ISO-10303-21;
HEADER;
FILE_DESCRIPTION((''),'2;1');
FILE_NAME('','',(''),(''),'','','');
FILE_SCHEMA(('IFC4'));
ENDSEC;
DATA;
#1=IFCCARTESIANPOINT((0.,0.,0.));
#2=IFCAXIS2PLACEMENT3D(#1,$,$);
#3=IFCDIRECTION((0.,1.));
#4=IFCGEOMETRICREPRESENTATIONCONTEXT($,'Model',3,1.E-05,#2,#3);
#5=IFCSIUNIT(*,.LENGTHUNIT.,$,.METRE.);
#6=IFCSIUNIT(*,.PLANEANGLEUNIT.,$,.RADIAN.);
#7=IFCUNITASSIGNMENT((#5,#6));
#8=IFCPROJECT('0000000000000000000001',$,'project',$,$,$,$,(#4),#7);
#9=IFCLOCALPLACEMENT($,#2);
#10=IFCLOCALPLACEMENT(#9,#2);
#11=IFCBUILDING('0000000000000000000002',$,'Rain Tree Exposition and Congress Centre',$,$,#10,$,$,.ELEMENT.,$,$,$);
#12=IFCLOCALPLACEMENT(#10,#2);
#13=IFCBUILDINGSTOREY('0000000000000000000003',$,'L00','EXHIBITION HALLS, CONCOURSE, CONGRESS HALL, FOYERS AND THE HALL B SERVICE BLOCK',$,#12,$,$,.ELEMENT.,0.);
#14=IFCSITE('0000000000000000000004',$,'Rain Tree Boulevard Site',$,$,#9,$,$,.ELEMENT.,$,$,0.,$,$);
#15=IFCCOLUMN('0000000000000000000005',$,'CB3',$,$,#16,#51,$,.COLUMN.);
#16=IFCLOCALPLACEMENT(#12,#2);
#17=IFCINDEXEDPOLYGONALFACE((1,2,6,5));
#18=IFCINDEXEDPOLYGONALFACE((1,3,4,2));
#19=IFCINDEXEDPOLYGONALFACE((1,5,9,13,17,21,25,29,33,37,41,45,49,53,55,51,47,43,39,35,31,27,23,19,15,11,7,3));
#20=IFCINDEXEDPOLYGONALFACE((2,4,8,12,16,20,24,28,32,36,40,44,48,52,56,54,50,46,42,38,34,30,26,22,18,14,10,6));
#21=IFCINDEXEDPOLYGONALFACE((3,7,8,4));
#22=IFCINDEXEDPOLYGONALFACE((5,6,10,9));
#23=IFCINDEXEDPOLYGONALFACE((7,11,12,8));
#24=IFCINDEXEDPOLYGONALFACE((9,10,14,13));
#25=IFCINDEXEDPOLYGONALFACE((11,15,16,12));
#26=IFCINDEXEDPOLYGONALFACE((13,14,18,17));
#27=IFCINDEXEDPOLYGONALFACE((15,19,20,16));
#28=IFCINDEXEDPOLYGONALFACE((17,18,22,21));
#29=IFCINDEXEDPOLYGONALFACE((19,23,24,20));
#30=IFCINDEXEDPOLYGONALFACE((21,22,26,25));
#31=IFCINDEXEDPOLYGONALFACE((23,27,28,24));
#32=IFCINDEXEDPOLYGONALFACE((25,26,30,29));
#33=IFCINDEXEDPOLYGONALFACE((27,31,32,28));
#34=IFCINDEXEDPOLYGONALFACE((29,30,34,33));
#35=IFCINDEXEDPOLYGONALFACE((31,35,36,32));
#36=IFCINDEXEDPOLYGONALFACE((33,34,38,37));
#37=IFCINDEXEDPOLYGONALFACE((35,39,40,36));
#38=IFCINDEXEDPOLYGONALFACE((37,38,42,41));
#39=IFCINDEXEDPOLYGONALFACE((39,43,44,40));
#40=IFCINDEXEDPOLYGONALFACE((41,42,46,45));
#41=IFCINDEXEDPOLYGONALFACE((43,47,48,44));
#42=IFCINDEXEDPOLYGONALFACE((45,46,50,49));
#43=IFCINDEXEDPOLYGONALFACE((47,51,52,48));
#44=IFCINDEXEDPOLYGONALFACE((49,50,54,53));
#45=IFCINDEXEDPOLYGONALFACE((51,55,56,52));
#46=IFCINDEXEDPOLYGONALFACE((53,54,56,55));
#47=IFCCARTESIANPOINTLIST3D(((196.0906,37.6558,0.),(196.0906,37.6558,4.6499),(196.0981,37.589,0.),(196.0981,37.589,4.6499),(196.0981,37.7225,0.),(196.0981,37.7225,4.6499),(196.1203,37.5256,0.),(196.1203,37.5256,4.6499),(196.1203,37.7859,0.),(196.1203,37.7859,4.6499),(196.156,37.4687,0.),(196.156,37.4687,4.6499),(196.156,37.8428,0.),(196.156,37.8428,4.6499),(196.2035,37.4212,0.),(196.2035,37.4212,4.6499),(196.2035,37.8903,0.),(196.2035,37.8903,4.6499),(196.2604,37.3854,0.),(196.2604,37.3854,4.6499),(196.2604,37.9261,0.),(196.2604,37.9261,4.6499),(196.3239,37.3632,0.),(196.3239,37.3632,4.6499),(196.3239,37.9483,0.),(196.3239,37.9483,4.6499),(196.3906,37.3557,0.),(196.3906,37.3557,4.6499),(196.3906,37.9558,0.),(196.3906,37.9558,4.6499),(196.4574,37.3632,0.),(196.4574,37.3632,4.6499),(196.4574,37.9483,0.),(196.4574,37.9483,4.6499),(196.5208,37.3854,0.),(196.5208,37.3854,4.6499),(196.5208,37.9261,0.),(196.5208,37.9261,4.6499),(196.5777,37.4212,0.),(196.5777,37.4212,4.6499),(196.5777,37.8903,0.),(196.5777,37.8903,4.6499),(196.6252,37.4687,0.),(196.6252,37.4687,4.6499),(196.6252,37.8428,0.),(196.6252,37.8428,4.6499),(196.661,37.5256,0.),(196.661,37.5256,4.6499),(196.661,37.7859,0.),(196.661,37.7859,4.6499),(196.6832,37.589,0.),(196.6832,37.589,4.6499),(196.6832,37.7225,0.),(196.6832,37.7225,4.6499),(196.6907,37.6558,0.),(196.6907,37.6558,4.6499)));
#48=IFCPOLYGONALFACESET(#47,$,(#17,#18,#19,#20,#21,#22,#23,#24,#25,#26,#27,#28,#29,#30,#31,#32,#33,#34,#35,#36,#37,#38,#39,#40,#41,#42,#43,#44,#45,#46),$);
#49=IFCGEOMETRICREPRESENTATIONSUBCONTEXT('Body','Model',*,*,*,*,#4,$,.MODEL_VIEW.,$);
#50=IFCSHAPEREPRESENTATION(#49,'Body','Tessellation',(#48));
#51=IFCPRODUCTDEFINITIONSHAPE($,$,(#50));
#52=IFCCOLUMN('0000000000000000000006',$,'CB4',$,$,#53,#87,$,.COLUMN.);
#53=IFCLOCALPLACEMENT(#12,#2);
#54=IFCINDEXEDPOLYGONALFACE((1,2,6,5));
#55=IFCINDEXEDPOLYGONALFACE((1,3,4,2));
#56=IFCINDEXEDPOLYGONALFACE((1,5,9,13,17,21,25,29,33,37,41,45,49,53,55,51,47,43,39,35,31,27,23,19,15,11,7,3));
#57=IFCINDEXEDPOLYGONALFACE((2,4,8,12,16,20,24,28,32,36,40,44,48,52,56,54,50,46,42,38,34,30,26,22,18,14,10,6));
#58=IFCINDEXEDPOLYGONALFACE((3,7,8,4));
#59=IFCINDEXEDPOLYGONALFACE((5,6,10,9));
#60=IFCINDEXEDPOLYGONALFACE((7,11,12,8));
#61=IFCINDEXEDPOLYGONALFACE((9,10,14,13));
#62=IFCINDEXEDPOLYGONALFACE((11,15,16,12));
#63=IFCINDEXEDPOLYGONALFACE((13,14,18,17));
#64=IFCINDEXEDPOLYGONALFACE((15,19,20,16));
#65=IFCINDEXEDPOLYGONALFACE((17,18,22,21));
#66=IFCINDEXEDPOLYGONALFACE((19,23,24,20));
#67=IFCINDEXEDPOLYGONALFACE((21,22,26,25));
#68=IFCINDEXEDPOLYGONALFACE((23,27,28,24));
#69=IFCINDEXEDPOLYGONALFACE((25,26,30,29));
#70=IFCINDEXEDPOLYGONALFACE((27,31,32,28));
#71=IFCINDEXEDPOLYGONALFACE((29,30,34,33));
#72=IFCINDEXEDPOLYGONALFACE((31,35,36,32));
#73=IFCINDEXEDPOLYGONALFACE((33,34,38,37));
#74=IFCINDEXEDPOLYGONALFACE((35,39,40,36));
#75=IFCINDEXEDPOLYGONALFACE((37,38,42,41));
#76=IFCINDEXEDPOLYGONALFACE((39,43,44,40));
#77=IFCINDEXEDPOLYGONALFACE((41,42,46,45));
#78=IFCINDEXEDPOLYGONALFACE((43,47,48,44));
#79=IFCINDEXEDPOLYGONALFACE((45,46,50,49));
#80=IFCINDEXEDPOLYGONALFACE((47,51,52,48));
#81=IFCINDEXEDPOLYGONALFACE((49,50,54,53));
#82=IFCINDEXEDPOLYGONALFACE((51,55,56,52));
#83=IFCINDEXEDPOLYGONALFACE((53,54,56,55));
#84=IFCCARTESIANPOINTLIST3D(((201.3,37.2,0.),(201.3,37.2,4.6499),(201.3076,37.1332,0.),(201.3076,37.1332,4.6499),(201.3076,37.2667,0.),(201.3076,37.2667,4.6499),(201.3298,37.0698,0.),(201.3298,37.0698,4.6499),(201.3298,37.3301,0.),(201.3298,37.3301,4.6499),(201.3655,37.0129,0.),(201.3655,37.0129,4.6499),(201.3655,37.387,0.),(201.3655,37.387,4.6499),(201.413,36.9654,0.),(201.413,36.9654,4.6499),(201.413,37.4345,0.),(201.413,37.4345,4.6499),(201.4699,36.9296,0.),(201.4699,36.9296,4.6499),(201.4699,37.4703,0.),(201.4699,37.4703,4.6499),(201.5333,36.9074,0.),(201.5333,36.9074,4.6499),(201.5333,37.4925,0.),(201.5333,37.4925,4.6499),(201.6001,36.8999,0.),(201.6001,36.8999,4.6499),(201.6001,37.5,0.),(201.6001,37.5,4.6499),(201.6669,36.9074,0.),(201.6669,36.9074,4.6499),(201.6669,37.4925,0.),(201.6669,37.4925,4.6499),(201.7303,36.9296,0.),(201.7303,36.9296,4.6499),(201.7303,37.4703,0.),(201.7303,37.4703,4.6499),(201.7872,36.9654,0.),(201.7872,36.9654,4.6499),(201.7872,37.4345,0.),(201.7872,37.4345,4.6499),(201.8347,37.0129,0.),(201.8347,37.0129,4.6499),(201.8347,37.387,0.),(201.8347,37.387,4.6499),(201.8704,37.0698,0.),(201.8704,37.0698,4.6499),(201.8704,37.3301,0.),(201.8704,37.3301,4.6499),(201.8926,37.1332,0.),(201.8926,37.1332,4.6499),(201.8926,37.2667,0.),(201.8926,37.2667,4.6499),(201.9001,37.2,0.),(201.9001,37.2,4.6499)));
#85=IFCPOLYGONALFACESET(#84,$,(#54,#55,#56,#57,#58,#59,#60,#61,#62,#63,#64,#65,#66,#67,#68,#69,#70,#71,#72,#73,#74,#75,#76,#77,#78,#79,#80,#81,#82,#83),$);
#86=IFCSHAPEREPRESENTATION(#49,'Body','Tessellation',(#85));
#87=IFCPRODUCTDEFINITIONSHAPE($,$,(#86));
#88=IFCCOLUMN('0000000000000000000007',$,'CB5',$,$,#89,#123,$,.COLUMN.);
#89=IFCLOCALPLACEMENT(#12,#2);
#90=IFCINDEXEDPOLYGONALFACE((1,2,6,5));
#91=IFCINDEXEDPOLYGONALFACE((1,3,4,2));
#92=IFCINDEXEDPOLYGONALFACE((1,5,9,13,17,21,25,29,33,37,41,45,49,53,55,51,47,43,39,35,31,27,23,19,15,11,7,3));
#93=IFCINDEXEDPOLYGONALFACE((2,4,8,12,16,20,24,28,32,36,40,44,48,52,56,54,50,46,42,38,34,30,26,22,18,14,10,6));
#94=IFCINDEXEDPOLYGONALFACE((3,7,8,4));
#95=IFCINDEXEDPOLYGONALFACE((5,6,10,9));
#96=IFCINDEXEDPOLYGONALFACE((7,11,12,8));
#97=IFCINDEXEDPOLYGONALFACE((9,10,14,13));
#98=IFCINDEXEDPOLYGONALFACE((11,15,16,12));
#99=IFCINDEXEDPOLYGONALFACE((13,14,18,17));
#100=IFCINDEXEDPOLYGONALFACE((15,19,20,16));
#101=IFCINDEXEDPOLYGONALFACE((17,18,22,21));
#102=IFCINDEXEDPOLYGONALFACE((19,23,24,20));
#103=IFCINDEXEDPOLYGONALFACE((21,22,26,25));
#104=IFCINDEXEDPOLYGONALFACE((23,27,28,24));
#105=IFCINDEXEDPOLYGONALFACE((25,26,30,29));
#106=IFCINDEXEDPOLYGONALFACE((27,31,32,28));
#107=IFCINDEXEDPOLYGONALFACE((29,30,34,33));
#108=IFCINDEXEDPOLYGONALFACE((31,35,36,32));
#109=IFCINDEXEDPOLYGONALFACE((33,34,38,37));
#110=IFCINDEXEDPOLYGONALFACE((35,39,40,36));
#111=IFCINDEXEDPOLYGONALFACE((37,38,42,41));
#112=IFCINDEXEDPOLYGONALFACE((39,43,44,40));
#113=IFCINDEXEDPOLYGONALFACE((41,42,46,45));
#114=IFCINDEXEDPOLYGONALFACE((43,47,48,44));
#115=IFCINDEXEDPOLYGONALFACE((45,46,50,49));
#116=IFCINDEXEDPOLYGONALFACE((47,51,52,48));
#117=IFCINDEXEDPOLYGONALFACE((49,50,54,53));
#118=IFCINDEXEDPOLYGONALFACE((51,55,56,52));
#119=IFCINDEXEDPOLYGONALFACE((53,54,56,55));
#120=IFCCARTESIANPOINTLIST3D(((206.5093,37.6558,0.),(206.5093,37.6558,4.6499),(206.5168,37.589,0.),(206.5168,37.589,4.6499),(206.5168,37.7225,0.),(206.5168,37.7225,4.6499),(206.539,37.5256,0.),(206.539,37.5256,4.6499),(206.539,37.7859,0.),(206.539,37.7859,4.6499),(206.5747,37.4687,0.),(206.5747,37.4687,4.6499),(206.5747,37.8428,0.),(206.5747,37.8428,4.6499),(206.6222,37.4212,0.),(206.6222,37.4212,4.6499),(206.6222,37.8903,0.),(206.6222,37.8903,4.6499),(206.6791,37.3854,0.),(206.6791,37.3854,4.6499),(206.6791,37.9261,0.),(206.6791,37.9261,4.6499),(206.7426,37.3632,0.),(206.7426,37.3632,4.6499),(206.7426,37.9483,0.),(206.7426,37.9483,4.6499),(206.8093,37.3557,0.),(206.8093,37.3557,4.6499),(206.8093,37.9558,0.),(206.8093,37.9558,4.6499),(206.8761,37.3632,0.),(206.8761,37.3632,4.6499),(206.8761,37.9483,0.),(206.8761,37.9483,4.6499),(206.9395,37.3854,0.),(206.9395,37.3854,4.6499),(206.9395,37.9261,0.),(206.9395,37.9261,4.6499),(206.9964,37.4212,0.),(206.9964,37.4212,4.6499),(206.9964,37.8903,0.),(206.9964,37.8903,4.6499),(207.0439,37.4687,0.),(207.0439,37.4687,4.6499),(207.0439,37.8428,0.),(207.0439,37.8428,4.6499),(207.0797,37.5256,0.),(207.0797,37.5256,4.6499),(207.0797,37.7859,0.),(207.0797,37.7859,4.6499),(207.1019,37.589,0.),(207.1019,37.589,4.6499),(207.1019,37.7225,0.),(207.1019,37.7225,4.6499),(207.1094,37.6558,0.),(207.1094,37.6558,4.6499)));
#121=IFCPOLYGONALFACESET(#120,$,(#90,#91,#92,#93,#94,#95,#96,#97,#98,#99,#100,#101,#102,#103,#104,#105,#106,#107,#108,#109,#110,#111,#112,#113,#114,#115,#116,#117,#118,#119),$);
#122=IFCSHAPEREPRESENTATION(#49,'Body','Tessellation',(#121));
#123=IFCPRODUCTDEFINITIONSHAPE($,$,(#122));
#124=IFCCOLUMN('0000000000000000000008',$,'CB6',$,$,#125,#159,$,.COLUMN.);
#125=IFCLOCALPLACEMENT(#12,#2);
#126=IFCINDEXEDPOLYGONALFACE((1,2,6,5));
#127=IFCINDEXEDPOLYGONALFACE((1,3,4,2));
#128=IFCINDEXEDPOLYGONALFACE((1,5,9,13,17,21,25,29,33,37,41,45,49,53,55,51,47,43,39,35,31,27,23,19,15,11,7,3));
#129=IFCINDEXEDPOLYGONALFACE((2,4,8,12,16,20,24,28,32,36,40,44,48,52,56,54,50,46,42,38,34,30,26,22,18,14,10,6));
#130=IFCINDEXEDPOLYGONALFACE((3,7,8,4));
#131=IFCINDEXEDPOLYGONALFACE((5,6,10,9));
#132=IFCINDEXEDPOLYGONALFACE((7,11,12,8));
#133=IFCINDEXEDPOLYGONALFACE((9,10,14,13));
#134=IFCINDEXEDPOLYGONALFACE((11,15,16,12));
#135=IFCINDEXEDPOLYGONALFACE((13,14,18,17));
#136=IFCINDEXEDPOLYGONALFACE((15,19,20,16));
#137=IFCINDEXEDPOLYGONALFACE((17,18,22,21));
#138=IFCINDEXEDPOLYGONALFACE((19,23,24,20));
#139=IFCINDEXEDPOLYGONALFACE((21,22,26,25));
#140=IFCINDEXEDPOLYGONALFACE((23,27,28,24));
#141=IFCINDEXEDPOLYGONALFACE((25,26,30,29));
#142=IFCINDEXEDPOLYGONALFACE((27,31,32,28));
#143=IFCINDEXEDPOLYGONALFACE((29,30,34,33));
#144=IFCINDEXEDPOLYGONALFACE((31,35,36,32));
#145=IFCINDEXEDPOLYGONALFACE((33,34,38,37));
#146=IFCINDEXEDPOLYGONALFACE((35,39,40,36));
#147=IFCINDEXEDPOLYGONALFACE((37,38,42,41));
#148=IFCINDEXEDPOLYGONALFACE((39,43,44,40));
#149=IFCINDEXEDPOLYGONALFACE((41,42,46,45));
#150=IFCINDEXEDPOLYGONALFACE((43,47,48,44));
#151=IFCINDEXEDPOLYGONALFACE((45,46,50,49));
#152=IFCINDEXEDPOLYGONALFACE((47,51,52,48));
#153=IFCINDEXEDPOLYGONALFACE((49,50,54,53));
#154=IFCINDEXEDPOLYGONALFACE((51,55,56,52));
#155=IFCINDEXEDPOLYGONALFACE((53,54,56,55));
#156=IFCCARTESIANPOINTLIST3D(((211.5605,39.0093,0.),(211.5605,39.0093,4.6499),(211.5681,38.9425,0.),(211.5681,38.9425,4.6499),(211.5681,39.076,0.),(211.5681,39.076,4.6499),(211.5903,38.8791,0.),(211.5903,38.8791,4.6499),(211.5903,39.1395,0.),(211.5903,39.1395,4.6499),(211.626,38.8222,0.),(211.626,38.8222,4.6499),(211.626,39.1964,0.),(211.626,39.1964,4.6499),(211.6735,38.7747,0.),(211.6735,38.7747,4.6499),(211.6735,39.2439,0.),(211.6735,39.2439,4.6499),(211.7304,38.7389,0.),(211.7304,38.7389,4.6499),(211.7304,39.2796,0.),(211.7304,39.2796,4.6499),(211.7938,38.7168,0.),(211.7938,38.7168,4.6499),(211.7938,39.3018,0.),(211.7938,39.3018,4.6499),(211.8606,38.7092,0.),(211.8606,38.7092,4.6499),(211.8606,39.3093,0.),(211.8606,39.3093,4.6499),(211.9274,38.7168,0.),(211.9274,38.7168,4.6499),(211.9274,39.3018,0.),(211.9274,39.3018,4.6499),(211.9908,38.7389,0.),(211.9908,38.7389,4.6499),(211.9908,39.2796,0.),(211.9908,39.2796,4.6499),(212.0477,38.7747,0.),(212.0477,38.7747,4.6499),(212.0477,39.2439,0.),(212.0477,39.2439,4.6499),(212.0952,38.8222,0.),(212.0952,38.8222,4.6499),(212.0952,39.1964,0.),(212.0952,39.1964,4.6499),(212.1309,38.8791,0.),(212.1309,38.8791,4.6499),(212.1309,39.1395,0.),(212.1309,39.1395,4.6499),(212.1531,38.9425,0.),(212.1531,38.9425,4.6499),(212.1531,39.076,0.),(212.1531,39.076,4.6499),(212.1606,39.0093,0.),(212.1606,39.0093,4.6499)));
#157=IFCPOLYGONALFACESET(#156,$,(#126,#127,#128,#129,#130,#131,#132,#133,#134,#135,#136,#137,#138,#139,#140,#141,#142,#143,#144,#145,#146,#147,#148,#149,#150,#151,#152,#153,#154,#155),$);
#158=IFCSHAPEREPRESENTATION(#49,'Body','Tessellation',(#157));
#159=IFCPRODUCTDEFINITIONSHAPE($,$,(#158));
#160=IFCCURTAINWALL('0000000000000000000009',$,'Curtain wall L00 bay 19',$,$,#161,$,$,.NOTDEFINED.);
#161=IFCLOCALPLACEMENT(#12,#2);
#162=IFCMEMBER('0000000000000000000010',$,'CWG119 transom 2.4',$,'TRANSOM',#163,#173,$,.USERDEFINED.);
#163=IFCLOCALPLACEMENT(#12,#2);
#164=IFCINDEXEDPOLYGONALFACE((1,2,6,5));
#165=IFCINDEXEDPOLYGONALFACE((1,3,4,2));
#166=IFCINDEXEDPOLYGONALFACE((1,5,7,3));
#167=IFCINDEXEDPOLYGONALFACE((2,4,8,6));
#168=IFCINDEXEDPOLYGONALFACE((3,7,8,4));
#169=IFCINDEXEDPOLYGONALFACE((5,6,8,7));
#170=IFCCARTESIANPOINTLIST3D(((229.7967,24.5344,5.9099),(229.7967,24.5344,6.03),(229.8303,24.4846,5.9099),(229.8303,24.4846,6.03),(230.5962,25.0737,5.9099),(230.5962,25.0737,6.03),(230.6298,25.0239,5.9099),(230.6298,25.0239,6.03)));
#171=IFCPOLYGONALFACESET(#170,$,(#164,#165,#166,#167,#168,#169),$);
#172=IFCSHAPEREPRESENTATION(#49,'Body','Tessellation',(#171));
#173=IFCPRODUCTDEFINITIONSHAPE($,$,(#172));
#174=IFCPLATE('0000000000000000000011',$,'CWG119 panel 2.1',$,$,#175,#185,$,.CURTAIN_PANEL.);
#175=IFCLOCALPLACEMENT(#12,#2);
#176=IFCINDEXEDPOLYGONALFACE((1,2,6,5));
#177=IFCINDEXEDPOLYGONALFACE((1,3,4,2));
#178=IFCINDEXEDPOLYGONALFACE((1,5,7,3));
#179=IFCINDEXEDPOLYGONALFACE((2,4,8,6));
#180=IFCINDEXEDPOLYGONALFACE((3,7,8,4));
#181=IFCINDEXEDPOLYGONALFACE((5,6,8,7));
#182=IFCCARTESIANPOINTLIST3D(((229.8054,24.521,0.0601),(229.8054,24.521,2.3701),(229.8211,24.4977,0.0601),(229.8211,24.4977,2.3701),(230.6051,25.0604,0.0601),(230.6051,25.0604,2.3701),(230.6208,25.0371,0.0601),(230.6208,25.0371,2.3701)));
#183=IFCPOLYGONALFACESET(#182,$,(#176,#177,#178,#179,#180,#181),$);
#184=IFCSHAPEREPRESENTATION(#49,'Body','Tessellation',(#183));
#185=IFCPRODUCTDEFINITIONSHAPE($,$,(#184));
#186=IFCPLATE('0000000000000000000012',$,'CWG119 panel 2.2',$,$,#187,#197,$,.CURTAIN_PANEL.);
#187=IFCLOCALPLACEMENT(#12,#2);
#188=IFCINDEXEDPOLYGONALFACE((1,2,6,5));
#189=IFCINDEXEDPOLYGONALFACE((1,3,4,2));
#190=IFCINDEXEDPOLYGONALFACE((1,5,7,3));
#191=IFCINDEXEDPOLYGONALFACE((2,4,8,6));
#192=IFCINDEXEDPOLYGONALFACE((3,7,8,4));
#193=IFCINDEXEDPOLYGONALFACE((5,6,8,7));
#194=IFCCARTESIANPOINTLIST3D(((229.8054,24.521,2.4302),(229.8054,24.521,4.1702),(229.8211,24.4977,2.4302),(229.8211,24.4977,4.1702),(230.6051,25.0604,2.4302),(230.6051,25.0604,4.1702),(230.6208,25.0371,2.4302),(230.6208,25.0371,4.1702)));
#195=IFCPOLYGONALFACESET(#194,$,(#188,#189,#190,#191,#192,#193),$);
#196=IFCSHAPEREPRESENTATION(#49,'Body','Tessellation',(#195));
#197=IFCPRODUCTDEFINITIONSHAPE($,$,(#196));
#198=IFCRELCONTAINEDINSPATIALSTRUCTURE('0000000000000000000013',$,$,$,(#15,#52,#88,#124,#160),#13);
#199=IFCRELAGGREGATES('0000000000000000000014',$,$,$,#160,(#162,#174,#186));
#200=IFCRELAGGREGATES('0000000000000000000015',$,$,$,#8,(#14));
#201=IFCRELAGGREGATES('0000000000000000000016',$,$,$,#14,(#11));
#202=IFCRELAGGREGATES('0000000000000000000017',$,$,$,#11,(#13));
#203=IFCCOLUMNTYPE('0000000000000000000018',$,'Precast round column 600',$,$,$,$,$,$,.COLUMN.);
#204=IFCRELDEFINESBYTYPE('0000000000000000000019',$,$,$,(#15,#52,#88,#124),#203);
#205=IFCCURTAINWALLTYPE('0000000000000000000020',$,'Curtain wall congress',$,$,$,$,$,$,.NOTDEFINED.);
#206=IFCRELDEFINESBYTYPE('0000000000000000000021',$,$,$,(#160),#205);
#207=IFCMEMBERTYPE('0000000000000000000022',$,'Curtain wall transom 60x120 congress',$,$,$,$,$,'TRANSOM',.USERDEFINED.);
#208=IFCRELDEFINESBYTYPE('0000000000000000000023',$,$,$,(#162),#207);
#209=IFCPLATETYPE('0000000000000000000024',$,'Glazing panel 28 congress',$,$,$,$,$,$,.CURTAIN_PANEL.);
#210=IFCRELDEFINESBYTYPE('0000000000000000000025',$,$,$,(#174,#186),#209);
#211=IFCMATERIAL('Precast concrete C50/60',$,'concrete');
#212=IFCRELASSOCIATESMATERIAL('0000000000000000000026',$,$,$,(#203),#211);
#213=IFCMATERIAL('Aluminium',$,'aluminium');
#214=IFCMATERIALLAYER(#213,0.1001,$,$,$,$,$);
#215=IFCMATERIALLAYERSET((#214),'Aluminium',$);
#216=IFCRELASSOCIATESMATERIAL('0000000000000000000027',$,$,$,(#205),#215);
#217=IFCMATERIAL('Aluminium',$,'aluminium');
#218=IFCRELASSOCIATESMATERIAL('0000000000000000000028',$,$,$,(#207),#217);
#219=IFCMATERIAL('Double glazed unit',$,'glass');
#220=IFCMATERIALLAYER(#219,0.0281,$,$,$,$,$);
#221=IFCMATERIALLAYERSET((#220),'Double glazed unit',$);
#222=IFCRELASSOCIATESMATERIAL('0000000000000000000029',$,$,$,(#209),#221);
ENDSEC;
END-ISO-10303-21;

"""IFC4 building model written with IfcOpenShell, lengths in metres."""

from ifc_helpers import new_model, si_unit, direction, frame, origin, origin_2d, place, context, subcontext, project, spatial, rectangle, circle, extrude, material, layer, layer_set, material_profile, profile_set, type_object, element, aggregate, save


model = new_model("IFC4")

# Units and contexts
model_context = context("Model", 3, precision=1e-05, world=origin(), true_north=direction((0.0, 1.0)))
body_context = subcontext(model_context, "Body", "Model", "MODEL_VIEW")
ifc_project = project(units=[si_unit("LENGTHUNIT", "METRE"), si_unit("PLANEANGLEUNIT", "RADIAN")], contexts=[model_context])

# Site, building, storey
site_placement = place(None, origin())
site = spatial("IfcSite", under=ifc_project, at=site_placement, Name="Rain Tree Boulevard Site", CompositionType="ELEMENT", RefElevation=0.0)
building_placement = place(site_placement, origin())
building = spatial("IfcBuilding", under=site, at=building_placement, Name="Rain Tree Exposition and Congress Centre", CompositionType="ELEMENT")
storey_placement = place(building_placement, origin())
storey = spatial("IfcBuildingStorey", under=building, at=storey_placement, Name="L00", Description="EXHIBITION HALLS, CONCOURSE, CONGRESS HALL, FOYERS AND THE HALL B SERVICE BLOCK", CompositionType="ELEMENT", Elevation=0.0)

# Columns
ifc_material_1 = material(Name="Precast concrete C50/60", Category="concrete")
ifc_material_profile_1 = material_profile(ifc_material_1, circle(Radius=0.3, at=origin_2d()), Name="RC D600")
ifc_profile_set_1 = profile_set([ifc_material_profile_1], Name="Precast concrete C50/60")
column_type = type_object("IfcColumnType", Name="Precast round column 600", PredefinedType="COLUMN", material=ifc_profile_set_1)
for number, where, z_axis, x_axis, name in (
    (1, (196.3906, 37.6558, 0.0), (0.0, 0.0, 1.0), (1.0, 0.0, 0.0), "CB3"),
    (2, (201.6001, 37.2, 0.0), (0.0, 0.0, 1.0), (1.0, 0.0, 0.0), "CB4"),
    (3, (206.8093, 37.6558, 0.0), (0.0, 0.0, 1.0), (1.0, 0.0, 0.0), "CB5"),
    (4, (211.8606, 39.0093, 0.0), (0.0, 0.0, 1.0), (1.0, 0.0, 0.0), "CB6"),
):
    element("IfcColumn", number, at=place(storey_placement, frame(where, z_axis=z_axis, x_axis=x_axis)), inside=storey, type_object=column_type, Name=name, PredefinedType="COLUMN", context=body_context, shape_type="SweptSolid", body=[
        extrude(circle(Radius=0.3, at=origin_2d()), origin(), (0.0, 0.0, 1.0), 4.6499),
    ])

# Curtain wall, member, plates
ifc_material_2 = material(Name="Aluminium", Category="aluminium")
ifc_layer_1 = layer(ifc_material_2, 0.1001)
ifc_layer_set_1 = layer_set([ifc_layer_1], Name="Aluminium")
curtain_wall_type = type_object("IfcCurtainWallType", Name="Curtain wall congress", PredefinedType="NOTDEFINED", material=ifc_layer_set_1)
curtain_wall_placement = place(storey_placement, origin())
curtain_wall = element("IfcCurtainWall", 5, at=curtain_wall_placement, inside=storey, type_object=curtain_wall_type, Name="Curtain wall L00 bay 19", PredefinedType="NOTDEFINED")
ifc_material_3 = material(Name="Aluminium", Category="aluminium")
ifc_material_profile_2 = material_profile(ifc_material_3, rectangle(XDim=0.0601, YDim=0.1201, at=origin_2d()), Name="AL 60x120")
ifc_profile_set_2 = profile_set([ifc_material_profile_2], Name="Aluminium")
member_type = type_object("IfcMemberType", Name="Curtain wall transom 60x120 congress", ElementType="TRANSOM", PredefinedType="USERDEFINED", material=ifc_profile_set_2)
member_placement = place(storey_placement, frame((229.8135, 24.5095, 5.97), z_axis=(0.829039, 0.55919, 0.0), x_axis=(-0.55919, 0.829039, 0.0)))
member = element("IfcMember", 6, at=member_placement, type_object=member_type, Name="CWG119 transom 2.4", ObjectType="TRANSOM", PredefinedType="USERDEFINED", context=body_context, shape_type="SweptSolid", body=[
    extrude(rectangle(XDim=0.0601, YDim=0.1201, at=origin_2d()), origin(), (0.0, 0.0, 1.0), 0.9644),
])
ifc_material_4 = material(Name="Double glazed unit", Category="glass")
ifc_layer_2 = layer(ifc_material_4, 0.0281)
ifc_layer_set_2 = layer_set([ifc_layer_2], Name="Double glazed unit")
plate_type = type_object("IfcPlateType", Name="Glazing panel 28 congress", PredefinedType="CURTAIN_PANEL", material=ifc_layer_set_2)
plate_1_placement = place(storey_placement, frame((230.2131, 24.7791, 0.0601), z_axis=(0.0, 0.0, 1.0), x_axis=(0.829035, 0.559197, 0.0)))
plate_1 = element("IfcPlate", 7, at=plate_1_placement, type_object=plate_type, Name="CWG119 panel 2.1", PredefinedType="CURTAIN_PANEL", context=body_context, shape_type="SweptSolid", body=[
    extrude(rectangle(XDim=0.9646, YDim=0.0281, at=origin_2d()), origin(), (0.0, 0.0, 1.0), 2.3101),
])
plate_2_placement = place(storey_placement, frame((230.2131, 24.7791, 2.4302), z_axis=(0.0, 0.0, 1.0), x_axis=(0.829035, 0.559197, 0.0)))
plate_2 = element("IfcPlate", 8, at=plate_2_placement, type_object=plate_type, Name="CWG119 panel 2.2", PredefinedType="CURTAIN_PANEL", context=body_context, shape_type="SweptSolid", body=[
    extrude(rectangle(XDim=0.9646, YDim=0.0281, at=origin_2d()), origin(), (0.0, 0.0, 1.0), 1.74),
])
aggregate(curtain_wall, [member, plate_1, plate_2])

save(model, "model.ifc")
